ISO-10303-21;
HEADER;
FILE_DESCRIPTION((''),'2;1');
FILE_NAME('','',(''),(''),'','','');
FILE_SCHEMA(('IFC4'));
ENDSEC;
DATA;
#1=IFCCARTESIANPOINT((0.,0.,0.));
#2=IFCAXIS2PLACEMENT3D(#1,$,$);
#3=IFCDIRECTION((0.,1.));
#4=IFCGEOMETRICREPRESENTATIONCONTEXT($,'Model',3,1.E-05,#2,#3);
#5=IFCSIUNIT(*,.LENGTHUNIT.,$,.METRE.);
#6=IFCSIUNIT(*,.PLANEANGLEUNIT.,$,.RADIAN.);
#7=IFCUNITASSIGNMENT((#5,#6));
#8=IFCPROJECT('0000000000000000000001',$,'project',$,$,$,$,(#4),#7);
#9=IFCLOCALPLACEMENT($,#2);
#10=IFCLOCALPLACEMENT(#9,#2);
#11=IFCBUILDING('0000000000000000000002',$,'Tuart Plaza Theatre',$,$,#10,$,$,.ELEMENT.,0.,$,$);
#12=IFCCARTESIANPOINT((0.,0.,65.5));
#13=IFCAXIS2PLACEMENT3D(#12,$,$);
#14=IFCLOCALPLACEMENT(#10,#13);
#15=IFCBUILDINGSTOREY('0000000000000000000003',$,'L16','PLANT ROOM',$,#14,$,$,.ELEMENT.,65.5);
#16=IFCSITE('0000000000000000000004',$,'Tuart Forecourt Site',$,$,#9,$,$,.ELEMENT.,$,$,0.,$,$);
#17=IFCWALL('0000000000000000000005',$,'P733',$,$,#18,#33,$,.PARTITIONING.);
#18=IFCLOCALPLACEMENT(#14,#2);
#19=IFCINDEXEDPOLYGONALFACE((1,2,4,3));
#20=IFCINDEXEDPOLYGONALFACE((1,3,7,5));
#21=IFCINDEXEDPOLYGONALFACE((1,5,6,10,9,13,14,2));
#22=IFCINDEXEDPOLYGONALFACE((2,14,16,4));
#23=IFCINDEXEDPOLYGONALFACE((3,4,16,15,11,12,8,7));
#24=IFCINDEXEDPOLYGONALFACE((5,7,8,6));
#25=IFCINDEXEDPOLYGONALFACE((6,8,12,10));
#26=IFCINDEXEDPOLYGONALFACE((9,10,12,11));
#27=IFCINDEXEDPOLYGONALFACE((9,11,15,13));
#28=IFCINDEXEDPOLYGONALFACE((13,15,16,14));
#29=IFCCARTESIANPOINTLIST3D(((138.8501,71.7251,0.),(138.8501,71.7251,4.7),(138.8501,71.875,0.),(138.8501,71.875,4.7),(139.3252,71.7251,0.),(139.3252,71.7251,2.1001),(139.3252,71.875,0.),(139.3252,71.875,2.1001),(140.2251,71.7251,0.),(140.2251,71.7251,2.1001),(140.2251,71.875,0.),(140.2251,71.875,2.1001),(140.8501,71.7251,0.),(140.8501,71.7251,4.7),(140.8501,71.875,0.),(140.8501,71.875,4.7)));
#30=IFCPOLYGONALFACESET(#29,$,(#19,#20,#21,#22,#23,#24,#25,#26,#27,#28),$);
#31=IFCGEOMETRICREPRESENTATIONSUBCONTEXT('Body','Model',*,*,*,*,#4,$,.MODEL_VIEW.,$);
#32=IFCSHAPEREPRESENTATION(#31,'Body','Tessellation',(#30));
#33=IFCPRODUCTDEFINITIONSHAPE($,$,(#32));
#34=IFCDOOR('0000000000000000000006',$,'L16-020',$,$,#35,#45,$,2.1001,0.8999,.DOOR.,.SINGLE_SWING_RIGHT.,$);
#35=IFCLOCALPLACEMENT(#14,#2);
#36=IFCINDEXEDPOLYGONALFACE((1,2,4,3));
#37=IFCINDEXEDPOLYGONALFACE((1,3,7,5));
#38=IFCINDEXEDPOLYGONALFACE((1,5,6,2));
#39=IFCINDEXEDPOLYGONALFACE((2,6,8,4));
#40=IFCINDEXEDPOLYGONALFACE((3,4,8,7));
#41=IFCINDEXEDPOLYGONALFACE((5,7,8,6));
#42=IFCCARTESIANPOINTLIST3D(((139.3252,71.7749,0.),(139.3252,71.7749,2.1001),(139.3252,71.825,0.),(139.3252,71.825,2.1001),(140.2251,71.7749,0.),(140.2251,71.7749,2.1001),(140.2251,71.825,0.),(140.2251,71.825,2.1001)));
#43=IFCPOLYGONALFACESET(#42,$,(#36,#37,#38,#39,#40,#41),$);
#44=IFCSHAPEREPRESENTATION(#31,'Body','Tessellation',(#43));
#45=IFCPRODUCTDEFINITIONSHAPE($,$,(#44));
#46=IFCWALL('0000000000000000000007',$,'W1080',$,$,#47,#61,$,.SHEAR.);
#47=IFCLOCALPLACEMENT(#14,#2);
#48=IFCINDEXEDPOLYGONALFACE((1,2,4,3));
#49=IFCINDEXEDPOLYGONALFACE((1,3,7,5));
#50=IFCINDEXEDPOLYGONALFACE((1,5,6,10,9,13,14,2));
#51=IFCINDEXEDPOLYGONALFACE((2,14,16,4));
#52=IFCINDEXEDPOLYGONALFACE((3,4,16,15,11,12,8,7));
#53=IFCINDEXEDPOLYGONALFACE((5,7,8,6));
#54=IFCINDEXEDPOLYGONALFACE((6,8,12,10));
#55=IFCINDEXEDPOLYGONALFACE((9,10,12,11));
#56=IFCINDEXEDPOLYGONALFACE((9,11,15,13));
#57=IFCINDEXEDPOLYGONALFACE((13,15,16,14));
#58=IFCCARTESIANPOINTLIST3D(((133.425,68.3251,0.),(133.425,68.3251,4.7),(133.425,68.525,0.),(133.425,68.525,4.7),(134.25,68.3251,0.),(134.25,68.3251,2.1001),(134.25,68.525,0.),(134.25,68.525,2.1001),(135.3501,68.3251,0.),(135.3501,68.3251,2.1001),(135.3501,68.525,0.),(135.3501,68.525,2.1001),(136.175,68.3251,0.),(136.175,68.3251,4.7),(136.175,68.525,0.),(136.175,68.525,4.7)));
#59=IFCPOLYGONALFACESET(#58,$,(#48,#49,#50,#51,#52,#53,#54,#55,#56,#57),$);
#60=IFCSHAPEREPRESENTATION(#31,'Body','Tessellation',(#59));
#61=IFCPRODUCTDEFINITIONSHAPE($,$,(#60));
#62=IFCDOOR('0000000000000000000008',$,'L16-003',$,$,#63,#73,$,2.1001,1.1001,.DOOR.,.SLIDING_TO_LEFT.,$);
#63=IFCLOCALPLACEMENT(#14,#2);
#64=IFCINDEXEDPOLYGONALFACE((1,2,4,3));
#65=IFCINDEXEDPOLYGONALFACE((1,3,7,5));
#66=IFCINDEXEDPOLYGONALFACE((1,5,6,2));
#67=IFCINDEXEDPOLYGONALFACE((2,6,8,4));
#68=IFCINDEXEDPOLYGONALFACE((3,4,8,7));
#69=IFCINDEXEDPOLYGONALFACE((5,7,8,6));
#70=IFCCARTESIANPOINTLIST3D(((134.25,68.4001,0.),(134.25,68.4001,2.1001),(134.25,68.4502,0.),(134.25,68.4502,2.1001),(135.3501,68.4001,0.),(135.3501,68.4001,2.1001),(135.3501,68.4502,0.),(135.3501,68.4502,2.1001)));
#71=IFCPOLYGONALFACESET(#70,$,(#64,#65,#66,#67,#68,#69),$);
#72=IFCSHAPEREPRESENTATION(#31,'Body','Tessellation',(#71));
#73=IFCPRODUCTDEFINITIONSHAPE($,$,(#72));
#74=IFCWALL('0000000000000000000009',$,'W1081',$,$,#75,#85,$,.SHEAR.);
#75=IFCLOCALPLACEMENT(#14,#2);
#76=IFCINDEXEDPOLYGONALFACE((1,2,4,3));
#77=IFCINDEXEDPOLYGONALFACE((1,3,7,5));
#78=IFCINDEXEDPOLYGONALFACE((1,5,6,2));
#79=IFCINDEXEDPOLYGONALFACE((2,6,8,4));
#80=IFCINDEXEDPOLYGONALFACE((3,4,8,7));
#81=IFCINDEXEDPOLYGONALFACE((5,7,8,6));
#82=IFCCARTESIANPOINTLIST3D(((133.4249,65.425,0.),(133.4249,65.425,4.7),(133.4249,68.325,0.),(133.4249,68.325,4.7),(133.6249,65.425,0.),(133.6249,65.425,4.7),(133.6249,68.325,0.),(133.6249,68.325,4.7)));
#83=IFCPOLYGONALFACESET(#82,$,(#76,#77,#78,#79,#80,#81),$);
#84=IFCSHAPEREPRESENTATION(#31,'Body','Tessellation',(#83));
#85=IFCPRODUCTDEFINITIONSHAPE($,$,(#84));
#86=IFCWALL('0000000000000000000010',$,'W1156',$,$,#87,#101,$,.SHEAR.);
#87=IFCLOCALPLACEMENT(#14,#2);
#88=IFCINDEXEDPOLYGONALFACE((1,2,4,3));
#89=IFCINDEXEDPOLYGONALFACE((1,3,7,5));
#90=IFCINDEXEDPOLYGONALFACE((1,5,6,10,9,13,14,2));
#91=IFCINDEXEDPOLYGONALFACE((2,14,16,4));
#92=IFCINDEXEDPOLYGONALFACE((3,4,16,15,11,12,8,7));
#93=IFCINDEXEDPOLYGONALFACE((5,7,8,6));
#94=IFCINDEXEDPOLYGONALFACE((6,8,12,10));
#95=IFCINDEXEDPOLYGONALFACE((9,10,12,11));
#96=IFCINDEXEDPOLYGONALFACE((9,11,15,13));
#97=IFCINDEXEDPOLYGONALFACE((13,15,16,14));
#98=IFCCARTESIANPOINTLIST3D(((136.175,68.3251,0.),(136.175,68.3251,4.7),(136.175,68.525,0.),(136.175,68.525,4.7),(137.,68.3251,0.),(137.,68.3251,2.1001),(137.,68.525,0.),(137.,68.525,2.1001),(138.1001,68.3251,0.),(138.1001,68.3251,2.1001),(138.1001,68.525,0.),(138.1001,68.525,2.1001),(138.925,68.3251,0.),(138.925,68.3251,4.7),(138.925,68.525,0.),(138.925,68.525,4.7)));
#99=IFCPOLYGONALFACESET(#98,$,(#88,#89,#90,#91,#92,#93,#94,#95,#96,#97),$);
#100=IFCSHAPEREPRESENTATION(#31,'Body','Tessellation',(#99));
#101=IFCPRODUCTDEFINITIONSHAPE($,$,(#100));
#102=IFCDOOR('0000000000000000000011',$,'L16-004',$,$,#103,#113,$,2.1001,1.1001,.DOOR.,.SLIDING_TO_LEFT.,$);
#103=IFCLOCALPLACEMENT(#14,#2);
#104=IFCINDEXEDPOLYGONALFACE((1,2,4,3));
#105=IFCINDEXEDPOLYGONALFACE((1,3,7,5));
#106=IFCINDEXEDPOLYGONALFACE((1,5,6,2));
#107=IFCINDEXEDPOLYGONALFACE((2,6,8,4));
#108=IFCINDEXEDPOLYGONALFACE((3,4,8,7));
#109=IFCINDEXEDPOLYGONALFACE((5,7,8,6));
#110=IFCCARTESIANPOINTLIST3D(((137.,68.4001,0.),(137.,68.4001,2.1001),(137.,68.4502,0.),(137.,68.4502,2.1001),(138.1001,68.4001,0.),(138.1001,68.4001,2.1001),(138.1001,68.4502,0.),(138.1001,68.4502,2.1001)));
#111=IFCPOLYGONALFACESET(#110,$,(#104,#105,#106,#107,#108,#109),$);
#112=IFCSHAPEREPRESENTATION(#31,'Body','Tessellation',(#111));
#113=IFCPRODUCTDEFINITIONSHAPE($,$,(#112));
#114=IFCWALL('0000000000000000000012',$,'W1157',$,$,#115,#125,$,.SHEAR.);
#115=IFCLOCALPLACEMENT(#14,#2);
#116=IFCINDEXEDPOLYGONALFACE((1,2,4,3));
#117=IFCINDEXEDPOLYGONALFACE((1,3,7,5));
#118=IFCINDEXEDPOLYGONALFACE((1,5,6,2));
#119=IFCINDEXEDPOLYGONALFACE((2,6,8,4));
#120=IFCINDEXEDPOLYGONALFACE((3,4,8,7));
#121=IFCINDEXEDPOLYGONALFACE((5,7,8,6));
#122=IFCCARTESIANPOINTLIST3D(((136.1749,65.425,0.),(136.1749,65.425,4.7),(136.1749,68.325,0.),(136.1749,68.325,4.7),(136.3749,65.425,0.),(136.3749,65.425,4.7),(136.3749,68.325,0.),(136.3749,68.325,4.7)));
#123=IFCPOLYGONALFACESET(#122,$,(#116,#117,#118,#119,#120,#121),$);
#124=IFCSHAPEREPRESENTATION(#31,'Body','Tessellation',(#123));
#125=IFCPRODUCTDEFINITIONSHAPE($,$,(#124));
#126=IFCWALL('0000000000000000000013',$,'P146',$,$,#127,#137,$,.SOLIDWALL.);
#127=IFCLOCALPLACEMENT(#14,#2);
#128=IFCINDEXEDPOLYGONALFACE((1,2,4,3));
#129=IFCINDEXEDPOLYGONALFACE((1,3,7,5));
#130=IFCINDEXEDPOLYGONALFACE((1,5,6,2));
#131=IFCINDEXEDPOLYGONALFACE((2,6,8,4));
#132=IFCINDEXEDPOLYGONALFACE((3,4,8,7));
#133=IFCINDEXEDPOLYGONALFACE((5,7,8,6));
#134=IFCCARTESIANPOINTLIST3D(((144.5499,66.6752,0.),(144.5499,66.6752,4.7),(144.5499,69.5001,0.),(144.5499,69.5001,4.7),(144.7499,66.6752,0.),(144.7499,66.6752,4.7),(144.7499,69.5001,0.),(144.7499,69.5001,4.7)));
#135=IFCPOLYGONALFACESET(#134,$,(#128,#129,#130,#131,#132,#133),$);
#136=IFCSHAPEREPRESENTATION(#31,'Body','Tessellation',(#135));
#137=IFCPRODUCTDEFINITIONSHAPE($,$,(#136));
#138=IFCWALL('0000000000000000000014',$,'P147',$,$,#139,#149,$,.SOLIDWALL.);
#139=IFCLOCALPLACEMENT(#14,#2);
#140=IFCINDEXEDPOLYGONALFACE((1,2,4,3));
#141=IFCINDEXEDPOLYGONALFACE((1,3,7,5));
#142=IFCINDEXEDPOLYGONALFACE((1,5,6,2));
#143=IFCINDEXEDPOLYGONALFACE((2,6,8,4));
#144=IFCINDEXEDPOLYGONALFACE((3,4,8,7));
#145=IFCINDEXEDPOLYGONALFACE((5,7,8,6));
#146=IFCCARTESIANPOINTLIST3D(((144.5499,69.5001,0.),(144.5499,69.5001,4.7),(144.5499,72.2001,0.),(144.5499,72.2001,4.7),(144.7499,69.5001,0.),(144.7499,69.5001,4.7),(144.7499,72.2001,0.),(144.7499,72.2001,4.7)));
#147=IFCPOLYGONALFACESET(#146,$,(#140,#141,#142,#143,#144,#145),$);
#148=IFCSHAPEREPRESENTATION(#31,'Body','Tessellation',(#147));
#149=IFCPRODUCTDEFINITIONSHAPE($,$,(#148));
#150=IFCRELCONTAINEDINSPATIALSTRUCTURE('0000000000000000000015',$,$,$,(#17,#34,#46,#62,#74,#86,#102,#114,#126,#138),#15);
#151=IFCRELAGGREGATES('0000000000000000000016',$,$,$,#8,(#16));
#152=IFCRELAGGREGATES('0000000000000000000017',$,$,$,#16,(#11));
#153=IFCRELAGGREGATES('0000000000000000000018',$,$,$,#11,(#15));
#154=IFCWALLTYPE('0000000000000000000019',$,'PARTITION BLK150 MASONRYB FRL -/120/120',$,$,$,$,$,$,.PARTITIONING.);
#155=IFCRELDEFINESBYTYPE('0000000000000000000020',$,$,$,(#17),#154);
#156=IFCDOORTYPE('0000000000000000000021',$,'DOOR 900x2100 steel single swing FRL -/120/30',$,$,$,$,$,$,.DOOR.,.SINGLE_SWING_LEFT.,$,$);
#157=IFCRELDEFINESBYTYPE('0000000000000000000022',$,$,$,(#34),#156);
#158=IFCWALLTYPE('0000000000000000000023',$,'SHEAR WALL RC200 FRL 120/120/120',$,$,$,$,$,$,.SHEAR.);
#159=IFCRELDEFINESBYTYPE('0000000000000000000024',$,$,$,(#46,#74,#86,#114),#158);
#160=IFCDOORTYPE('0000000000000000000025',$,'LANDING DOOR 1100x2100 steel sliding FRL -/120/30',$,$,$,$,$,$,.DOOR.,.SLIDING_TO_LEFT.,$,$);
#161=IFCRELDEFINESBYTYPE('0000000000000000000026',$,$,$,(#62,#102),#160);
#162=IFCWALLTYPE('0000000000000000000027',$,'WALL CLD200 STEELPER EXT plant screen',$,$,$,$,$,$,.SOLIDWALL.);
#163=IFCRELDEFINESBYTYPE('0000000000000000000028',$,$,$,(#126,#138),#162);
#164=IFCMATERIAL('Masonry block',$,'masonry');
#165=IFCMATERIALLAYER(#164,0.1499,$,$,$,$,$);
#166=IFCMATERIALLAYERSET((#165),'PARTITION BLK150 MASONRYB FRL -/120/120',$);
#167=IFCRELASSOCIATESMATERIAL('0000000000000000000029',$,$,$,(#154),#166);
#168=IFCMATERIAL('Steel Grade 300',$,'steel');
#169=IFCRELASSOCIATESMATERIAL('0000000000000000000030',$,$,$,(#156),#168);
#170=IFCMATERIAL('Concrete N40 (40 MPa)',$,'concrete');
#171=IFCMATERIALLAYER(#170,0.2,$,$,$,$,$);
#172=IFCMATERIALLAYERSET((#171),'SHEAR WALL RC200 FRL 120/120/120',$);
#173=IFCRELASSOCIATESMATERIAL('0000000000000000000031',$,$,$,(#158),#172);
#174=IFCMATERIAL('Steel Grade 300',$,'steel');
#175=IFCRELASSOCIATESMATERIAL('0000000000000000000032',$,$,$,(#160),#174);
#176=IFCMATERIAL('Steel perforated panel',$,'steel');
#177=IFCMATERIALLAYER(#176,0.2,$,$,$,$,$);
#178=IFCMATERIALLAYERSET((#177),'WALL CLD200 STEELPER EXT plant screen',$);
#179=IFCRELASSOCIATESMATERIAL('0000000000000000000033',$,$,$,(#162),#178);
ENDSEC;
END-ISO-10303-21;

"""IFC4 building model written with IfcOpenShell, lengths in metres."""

from ifc_helpers import new_model, si_unit, direction, frame, frame_2d, origin, place, context, subcontext, project, spatial, rectangle, extrude, material, layer, layer_set, type_object, element, fill, save


model = new_model("IFC4")

# Units and contexts
model_context = context("Model", 3, precision=1e-05, world=origin(), true_north=direction((0.0, 1.0)))
body_context = subcontext(model_context, "Body", "Model", "MODEL_VIEW")
ifc_project = project(units=[si_unit("LENGTHUNIT", "METRE"), si_unit("PLANEANGLEUNIT", "RADIAN")], contexts=[model_context])

# Site, building, storey
site_placement = place(None, origin())
site = spatial("IfcSite", under=ifc_project, at=site_placement, Name="Tuart Forecourt Site", CompositionType="ELEMENT", RefElevation=0.0)
building_placement = place(site_placement, origin())
building = spatial("IfcBuilding", under=site, at=building_placement, Name="Tuart Plaza Theatre", CompositionType="ELEMENT", ElevationOfRefHeight=0.0)
storey_placement = place(building_placement, frame((0.0, 0.0, 65.5)))
storey = spatial("IfcBuildingStorey", under=building, at=storey_placement, Name="L16", Description="PLANT ROOM", CompositionType="ELEMENT", Elevation=65.5)

# Shared definitions
ifc_material_1 = material(Name="Masonry block", Category="masonry")
ifc_layer_1 = layer(ifc_material_1, 0.1499)
ifc_layer_set_1 = layer_set([ifc_layer_1], Name="PARTITION BLK150 MASONRYB FRL -/120/120")
wall_type_1 = type_object("IfcWallType", Name="PARTITION BLK150 MASONRYB FRL -/120/120", PredefinedType="PARTITIONING", material=ifc_layer_set_1)

# Walls, openings, doors
wall_1_placement = place(storey_placement, frame((138.8501, 71.8, 0.0), z_axis=(0.0, 0.0, 1.0), x_axis=(1.0, 0.0, 0.0)))
wall_1 = element("IfcWall", 1, at=wall_1_placement, inside=storey, type_object=wall_type_1, Name="P733", PredefinedType="PARTITIONING", context=body_context, shape_type="SweptSolid", body=[
    extrude(rectangle(XDim=2.0, YDim=0.1499, at=frame_2d((1.0, 0.0))), origin(), (0.0, 0.0, 1.0), 4.7),
])
opening_1_placement = place(wall_1_placement, frame((0.4751, 0.0, 0.0)))
opening_1 = element("IfcOpeningElement", 2, at=opening_1_placement, cuts=wall_1, PredefinedType="OPENING", context=body_context, shape_type="SweptSolid", body=[
    extrude(rectangle(XDim=0.8999, YDim=2.1001, at=frame_2d((0.45, 1.05))), frame((0.0, 0.085, 0.0), z_axis=(0.0, -1.0, 0.0), x_axis=(1.0, 0.0, 0.0)), (0.0, 0.0, 1.0), 0.1699),
])
ifc_material_2 = material(Name="Steel Grade 300", Category="steel")
door_type_1 = type_object("IfcDoorType", Name="DOOR 900x2100 steel single swing FRL -/120/30", OperationType="SINGLE_SWING_LEFT", PredefinedType="DOOR", material=ifc_material_2)
door_1_placement = place(opening_1_placement, origin())
door_1 = element("IfcDoor", 3, at=door_1_placement, inside=storey, type_object=door_type_1, Name="L16-020", OperationType="SINGLE_SWING_RIGHT", OverallHeight=2.1001, OverallWidth=0.8999, PredefinedType="DOOR", context=body_context, shape_type="SweptSolid", body=[
    extrude(rectangle(XDim=0.8999, YDim=2.1001, at=frame_2d((0.45, 1.05))), frame((0.0, 0.0249, 0.0), z_axis=(0.0, -1.0, 0.0), x_axis=(1.0, 0.0, 0.0)), (0.0, 0.0, 1.0), 0.05),
])
fill(opening_1, door_1)
ifc_material_3 = material(Name="Concrete N40 (40 MPa)", Category="concrete")
ifc_layer_2 = layer(ifc_material_3, 0.2)
ifc_layer_set_2 = layer_set([ifc_layer_2], Name="SHEAR WALL RC200 FRL 120/120/120")
wall_type_2 = type_object("IfcWallType", Name="SHEAR WALL RC200 FRL 120/120/120", PredefinedType="SHEAR", material=ifc_layer_set_2)
wall_2_placement = place(storey_placement, frame((136.175, 68.425, 0.0), z_axis=(0.0, 0.0, 1.0), x_axis=(-1.0, 0.0, 0.0)))
wall_2 = element("IfcWall", 4, at=wall_2_placement, inside=storey, type_object=wall_type_2, Name="W1080", PredefinedType="SHEAR", context=body_context, shape_type="SweptSolid", body=[
    extrude(rectangle(XDim=2.75, YDim=0.2, at=frame_2d((1.375, 0.0))), origin(), (0.0, 0.0, 1.0), 4.7),
])
opening_2_placement = place(wall_2_placement, frame((0.825, 0.0, 0.0)))
opening_2 = element("IfcOpeningElement", 5, at=opening_2_placement, cuts=wall_2, PredefinedType="OPENING", context=body_context, shape_type="SweptSolid", body=[
    extrude(rectangle(XDim=1.1001, YDim=2.1001, at=frame_2d((0.55, 1.05))), frame((0.0, 0.1099, 0.0), z_axis=(0.0, -1.0, 0.0), x_axis=(1.0, 0.0, 0.0)), (0.0, 0.0, 1.0), 0.22),
])
ifc_material_4 = material(Name="Steel Grade 300", Category="steel")
door_type_2 = type_object("IfcDoorType", Name="LANDING DOOR 1100x2100 steel sliding FRL -/120/30", OperationType="SLIDING_TO_LEFT", PredefinedType="DOOR", material=ifc_material_4)
door_2_placement = place(opening_2_placement, origin())
door_2 = element("IfcDoor", 6, at=door_2_placement, inside=storey, type_object=door_type_2, Name="L16-003", OperationType="SLIDING_TO_LEFT", OverallHeight=2.1001, OverallWidth=1.1001, PredefinedType="DOOR", context=body_context, shape_type="SweptSolid", body=[
    extrude(rectangle(XDim=1.1001, YDim=2.1001, at=frame_2d((0.55, 1.05))), frame((0.0, 0.0249, 0.0), z_axis=(0.0, -1.0, 0.0), x_axis=(1.0, 0.0, 0.0)), (0.0, 0.0, 1.0), 0.05),
])
fill(opening_2, door_2)

# Wall
wall_3_placement = place(storey_placement, frame((133.5249, 68.325, 0.0), z_axis=(0.0, 0.0, 1.0), x_axis=(0.0, -1.0, 0.0)))
element("IfcWall", 7, at=wall_3_placement, inside=storey, type_object=wall_type_2, Name="W1081", PredefinedType="SHEAR", context=body_context, shape_type="SweptSolid", body=[
    extrude(rectangle(XDim=2.8999, YDim=0.2, at=frame_2d((1.45, 0.0))), origin(), (0.0, 0.0, 1.0), 4.7),
])

# Wall, opening, door
wall_4_placement = place(storey_placement, frame((138.925, 68.425, 0.0), z_axis=(0.0, 0.0, 1.0), x_axis=(-1.0, 0.0, 0.0)))
wall_4 = element("IfcWall", 8, at=wall_4_placement, inside=storey, type_object=wall_type_2, Name="W1156", PredefinedType="SHEAR", context=body_context, shape_type="SweptSolid", body=[
    extrude(rectangle(XDim=2.75, YDim=0.2, at=frame_2d((1.375, 0.0))), origin(), (0.0, 0.0, 1.0), 4.7),
])
opening_3_placement = place(wall_4_placement, frame((0.825, 0.0, 0.0)))
opening_3 = element("IfcOpeningElement", 9, at=opening_3_placement, cuts=wall_4, PredefinedType="OPENING", context=body_context, shape_type="SweptSolid", body=[
    extrude(rectangle(XDim=1.1001, YDim=2.1001, at=frame_2d((0.55, 1.05))), frame((0.0, 0.1099, 0.0), z_axis=(0.0, -1.0, 0.0), x_axis=(1.0, 0.0, 0.0)), (0.0, 0.0, 1.0), 0.22),
])
door_3_placement = place(opening_3_placement, origin())
door_3 = element("IfcDoor", 10, at=door_3_placement, inside=storey, type_object=door_type_2, Name="L16-004", OperationType="SLIDING_TO_LEFT", OverallHeight=2.1001, OverallWidth=1.1001, PredefinedType="DOOR", context=body_context, shape_type="SweptSolid", body=[
    extrude(rectangle(XDim=1.1001, YDim=2.1001, at=frame_2d((0.55, 1.05))), frame((0.0, 0.0249, 0.0), z_axis=(0.0, -1.0, 0.0), x_axis=(1.0, 0.0, 0.0)), (0.0, 0.0, 1.0), 0.05),
])
fill(opening_3, door_3)

# Walls
wall_5_placement = place(storey_placement, frame((136.2749, 68.325, 0.0), z_axis=(0.0, 0.0, 1.0), x_axis=(0.0, -1.0, 0.0)))
element("IfcWall", 11, at=wall_5_placement, inside=storey, type_object=wall_type_2, Name="W1157", PredefinedType="SHEAR", context=body_context, shape_type="SweptSolid", body=[
    extrude(rectangle(XDim=2.8999, YDim=0.2, at=frame_2d((1.45, 0.0))), origin(), (0.0, 0.0, 1.0), 4.7),
])
ifc_material_5 = material(Name="Steel perforated panel", Category="steel")
ifc_layer_3 = layer(ifc_material_5, 0.2)
ifc_layer_set_3 = layer_set([ifc_layer_3], Name="WALL CLD200 STEELPER EXT plant screen")
wall_type_3 = type_object("IfcWallType", Name="WALL CLD200 STEELPER EXT plant screen", PredefinedType="SOLIDWALL", material=ifc_layer_set_3)
wall_6_placement = place(storey_placement, frame((144.6499, 66.675, 0.0), z_axis=(0.0, 0.0, 1.0), x_axis=(0.0, 1.0, 0.0)))
element("IfcWall", 12, at=wall_6_placement, inside=storey, type_object=wall_type_3, Name="P146", PredefinedType="SOLIDWALL", context=body_context, shape_type="SweptSolid", body=[
    extrude(rectangle(XDim=2.825, YDim=0.2, at=frame_2d((1.4126, 0.0))), origin(), (0.0, 0.0, 1.0), 4.7),
])
wall_7_placement = place(storey_placement, frame((144.6499, 69.5, 0.0), z_axis=(0.0, 0.0, 1.0), x_axis=(0.0, 1.0, 0.0)))
element("IfcWall", 13, at=wall_7_placement, inside=storey, type_object=wall_type_3, Name="P147", PredefinedType="SOLIDWALL", context=body_context, shape_type="SweptSolid", body=[
    extrude(rectangle(XDim=2.7, YDim=0.2, at=frame_2d((1.3501, 0.0))), origin(), (0.0, 0.0, 1.0), 4.7),
])

save(model, "model.ifc")
